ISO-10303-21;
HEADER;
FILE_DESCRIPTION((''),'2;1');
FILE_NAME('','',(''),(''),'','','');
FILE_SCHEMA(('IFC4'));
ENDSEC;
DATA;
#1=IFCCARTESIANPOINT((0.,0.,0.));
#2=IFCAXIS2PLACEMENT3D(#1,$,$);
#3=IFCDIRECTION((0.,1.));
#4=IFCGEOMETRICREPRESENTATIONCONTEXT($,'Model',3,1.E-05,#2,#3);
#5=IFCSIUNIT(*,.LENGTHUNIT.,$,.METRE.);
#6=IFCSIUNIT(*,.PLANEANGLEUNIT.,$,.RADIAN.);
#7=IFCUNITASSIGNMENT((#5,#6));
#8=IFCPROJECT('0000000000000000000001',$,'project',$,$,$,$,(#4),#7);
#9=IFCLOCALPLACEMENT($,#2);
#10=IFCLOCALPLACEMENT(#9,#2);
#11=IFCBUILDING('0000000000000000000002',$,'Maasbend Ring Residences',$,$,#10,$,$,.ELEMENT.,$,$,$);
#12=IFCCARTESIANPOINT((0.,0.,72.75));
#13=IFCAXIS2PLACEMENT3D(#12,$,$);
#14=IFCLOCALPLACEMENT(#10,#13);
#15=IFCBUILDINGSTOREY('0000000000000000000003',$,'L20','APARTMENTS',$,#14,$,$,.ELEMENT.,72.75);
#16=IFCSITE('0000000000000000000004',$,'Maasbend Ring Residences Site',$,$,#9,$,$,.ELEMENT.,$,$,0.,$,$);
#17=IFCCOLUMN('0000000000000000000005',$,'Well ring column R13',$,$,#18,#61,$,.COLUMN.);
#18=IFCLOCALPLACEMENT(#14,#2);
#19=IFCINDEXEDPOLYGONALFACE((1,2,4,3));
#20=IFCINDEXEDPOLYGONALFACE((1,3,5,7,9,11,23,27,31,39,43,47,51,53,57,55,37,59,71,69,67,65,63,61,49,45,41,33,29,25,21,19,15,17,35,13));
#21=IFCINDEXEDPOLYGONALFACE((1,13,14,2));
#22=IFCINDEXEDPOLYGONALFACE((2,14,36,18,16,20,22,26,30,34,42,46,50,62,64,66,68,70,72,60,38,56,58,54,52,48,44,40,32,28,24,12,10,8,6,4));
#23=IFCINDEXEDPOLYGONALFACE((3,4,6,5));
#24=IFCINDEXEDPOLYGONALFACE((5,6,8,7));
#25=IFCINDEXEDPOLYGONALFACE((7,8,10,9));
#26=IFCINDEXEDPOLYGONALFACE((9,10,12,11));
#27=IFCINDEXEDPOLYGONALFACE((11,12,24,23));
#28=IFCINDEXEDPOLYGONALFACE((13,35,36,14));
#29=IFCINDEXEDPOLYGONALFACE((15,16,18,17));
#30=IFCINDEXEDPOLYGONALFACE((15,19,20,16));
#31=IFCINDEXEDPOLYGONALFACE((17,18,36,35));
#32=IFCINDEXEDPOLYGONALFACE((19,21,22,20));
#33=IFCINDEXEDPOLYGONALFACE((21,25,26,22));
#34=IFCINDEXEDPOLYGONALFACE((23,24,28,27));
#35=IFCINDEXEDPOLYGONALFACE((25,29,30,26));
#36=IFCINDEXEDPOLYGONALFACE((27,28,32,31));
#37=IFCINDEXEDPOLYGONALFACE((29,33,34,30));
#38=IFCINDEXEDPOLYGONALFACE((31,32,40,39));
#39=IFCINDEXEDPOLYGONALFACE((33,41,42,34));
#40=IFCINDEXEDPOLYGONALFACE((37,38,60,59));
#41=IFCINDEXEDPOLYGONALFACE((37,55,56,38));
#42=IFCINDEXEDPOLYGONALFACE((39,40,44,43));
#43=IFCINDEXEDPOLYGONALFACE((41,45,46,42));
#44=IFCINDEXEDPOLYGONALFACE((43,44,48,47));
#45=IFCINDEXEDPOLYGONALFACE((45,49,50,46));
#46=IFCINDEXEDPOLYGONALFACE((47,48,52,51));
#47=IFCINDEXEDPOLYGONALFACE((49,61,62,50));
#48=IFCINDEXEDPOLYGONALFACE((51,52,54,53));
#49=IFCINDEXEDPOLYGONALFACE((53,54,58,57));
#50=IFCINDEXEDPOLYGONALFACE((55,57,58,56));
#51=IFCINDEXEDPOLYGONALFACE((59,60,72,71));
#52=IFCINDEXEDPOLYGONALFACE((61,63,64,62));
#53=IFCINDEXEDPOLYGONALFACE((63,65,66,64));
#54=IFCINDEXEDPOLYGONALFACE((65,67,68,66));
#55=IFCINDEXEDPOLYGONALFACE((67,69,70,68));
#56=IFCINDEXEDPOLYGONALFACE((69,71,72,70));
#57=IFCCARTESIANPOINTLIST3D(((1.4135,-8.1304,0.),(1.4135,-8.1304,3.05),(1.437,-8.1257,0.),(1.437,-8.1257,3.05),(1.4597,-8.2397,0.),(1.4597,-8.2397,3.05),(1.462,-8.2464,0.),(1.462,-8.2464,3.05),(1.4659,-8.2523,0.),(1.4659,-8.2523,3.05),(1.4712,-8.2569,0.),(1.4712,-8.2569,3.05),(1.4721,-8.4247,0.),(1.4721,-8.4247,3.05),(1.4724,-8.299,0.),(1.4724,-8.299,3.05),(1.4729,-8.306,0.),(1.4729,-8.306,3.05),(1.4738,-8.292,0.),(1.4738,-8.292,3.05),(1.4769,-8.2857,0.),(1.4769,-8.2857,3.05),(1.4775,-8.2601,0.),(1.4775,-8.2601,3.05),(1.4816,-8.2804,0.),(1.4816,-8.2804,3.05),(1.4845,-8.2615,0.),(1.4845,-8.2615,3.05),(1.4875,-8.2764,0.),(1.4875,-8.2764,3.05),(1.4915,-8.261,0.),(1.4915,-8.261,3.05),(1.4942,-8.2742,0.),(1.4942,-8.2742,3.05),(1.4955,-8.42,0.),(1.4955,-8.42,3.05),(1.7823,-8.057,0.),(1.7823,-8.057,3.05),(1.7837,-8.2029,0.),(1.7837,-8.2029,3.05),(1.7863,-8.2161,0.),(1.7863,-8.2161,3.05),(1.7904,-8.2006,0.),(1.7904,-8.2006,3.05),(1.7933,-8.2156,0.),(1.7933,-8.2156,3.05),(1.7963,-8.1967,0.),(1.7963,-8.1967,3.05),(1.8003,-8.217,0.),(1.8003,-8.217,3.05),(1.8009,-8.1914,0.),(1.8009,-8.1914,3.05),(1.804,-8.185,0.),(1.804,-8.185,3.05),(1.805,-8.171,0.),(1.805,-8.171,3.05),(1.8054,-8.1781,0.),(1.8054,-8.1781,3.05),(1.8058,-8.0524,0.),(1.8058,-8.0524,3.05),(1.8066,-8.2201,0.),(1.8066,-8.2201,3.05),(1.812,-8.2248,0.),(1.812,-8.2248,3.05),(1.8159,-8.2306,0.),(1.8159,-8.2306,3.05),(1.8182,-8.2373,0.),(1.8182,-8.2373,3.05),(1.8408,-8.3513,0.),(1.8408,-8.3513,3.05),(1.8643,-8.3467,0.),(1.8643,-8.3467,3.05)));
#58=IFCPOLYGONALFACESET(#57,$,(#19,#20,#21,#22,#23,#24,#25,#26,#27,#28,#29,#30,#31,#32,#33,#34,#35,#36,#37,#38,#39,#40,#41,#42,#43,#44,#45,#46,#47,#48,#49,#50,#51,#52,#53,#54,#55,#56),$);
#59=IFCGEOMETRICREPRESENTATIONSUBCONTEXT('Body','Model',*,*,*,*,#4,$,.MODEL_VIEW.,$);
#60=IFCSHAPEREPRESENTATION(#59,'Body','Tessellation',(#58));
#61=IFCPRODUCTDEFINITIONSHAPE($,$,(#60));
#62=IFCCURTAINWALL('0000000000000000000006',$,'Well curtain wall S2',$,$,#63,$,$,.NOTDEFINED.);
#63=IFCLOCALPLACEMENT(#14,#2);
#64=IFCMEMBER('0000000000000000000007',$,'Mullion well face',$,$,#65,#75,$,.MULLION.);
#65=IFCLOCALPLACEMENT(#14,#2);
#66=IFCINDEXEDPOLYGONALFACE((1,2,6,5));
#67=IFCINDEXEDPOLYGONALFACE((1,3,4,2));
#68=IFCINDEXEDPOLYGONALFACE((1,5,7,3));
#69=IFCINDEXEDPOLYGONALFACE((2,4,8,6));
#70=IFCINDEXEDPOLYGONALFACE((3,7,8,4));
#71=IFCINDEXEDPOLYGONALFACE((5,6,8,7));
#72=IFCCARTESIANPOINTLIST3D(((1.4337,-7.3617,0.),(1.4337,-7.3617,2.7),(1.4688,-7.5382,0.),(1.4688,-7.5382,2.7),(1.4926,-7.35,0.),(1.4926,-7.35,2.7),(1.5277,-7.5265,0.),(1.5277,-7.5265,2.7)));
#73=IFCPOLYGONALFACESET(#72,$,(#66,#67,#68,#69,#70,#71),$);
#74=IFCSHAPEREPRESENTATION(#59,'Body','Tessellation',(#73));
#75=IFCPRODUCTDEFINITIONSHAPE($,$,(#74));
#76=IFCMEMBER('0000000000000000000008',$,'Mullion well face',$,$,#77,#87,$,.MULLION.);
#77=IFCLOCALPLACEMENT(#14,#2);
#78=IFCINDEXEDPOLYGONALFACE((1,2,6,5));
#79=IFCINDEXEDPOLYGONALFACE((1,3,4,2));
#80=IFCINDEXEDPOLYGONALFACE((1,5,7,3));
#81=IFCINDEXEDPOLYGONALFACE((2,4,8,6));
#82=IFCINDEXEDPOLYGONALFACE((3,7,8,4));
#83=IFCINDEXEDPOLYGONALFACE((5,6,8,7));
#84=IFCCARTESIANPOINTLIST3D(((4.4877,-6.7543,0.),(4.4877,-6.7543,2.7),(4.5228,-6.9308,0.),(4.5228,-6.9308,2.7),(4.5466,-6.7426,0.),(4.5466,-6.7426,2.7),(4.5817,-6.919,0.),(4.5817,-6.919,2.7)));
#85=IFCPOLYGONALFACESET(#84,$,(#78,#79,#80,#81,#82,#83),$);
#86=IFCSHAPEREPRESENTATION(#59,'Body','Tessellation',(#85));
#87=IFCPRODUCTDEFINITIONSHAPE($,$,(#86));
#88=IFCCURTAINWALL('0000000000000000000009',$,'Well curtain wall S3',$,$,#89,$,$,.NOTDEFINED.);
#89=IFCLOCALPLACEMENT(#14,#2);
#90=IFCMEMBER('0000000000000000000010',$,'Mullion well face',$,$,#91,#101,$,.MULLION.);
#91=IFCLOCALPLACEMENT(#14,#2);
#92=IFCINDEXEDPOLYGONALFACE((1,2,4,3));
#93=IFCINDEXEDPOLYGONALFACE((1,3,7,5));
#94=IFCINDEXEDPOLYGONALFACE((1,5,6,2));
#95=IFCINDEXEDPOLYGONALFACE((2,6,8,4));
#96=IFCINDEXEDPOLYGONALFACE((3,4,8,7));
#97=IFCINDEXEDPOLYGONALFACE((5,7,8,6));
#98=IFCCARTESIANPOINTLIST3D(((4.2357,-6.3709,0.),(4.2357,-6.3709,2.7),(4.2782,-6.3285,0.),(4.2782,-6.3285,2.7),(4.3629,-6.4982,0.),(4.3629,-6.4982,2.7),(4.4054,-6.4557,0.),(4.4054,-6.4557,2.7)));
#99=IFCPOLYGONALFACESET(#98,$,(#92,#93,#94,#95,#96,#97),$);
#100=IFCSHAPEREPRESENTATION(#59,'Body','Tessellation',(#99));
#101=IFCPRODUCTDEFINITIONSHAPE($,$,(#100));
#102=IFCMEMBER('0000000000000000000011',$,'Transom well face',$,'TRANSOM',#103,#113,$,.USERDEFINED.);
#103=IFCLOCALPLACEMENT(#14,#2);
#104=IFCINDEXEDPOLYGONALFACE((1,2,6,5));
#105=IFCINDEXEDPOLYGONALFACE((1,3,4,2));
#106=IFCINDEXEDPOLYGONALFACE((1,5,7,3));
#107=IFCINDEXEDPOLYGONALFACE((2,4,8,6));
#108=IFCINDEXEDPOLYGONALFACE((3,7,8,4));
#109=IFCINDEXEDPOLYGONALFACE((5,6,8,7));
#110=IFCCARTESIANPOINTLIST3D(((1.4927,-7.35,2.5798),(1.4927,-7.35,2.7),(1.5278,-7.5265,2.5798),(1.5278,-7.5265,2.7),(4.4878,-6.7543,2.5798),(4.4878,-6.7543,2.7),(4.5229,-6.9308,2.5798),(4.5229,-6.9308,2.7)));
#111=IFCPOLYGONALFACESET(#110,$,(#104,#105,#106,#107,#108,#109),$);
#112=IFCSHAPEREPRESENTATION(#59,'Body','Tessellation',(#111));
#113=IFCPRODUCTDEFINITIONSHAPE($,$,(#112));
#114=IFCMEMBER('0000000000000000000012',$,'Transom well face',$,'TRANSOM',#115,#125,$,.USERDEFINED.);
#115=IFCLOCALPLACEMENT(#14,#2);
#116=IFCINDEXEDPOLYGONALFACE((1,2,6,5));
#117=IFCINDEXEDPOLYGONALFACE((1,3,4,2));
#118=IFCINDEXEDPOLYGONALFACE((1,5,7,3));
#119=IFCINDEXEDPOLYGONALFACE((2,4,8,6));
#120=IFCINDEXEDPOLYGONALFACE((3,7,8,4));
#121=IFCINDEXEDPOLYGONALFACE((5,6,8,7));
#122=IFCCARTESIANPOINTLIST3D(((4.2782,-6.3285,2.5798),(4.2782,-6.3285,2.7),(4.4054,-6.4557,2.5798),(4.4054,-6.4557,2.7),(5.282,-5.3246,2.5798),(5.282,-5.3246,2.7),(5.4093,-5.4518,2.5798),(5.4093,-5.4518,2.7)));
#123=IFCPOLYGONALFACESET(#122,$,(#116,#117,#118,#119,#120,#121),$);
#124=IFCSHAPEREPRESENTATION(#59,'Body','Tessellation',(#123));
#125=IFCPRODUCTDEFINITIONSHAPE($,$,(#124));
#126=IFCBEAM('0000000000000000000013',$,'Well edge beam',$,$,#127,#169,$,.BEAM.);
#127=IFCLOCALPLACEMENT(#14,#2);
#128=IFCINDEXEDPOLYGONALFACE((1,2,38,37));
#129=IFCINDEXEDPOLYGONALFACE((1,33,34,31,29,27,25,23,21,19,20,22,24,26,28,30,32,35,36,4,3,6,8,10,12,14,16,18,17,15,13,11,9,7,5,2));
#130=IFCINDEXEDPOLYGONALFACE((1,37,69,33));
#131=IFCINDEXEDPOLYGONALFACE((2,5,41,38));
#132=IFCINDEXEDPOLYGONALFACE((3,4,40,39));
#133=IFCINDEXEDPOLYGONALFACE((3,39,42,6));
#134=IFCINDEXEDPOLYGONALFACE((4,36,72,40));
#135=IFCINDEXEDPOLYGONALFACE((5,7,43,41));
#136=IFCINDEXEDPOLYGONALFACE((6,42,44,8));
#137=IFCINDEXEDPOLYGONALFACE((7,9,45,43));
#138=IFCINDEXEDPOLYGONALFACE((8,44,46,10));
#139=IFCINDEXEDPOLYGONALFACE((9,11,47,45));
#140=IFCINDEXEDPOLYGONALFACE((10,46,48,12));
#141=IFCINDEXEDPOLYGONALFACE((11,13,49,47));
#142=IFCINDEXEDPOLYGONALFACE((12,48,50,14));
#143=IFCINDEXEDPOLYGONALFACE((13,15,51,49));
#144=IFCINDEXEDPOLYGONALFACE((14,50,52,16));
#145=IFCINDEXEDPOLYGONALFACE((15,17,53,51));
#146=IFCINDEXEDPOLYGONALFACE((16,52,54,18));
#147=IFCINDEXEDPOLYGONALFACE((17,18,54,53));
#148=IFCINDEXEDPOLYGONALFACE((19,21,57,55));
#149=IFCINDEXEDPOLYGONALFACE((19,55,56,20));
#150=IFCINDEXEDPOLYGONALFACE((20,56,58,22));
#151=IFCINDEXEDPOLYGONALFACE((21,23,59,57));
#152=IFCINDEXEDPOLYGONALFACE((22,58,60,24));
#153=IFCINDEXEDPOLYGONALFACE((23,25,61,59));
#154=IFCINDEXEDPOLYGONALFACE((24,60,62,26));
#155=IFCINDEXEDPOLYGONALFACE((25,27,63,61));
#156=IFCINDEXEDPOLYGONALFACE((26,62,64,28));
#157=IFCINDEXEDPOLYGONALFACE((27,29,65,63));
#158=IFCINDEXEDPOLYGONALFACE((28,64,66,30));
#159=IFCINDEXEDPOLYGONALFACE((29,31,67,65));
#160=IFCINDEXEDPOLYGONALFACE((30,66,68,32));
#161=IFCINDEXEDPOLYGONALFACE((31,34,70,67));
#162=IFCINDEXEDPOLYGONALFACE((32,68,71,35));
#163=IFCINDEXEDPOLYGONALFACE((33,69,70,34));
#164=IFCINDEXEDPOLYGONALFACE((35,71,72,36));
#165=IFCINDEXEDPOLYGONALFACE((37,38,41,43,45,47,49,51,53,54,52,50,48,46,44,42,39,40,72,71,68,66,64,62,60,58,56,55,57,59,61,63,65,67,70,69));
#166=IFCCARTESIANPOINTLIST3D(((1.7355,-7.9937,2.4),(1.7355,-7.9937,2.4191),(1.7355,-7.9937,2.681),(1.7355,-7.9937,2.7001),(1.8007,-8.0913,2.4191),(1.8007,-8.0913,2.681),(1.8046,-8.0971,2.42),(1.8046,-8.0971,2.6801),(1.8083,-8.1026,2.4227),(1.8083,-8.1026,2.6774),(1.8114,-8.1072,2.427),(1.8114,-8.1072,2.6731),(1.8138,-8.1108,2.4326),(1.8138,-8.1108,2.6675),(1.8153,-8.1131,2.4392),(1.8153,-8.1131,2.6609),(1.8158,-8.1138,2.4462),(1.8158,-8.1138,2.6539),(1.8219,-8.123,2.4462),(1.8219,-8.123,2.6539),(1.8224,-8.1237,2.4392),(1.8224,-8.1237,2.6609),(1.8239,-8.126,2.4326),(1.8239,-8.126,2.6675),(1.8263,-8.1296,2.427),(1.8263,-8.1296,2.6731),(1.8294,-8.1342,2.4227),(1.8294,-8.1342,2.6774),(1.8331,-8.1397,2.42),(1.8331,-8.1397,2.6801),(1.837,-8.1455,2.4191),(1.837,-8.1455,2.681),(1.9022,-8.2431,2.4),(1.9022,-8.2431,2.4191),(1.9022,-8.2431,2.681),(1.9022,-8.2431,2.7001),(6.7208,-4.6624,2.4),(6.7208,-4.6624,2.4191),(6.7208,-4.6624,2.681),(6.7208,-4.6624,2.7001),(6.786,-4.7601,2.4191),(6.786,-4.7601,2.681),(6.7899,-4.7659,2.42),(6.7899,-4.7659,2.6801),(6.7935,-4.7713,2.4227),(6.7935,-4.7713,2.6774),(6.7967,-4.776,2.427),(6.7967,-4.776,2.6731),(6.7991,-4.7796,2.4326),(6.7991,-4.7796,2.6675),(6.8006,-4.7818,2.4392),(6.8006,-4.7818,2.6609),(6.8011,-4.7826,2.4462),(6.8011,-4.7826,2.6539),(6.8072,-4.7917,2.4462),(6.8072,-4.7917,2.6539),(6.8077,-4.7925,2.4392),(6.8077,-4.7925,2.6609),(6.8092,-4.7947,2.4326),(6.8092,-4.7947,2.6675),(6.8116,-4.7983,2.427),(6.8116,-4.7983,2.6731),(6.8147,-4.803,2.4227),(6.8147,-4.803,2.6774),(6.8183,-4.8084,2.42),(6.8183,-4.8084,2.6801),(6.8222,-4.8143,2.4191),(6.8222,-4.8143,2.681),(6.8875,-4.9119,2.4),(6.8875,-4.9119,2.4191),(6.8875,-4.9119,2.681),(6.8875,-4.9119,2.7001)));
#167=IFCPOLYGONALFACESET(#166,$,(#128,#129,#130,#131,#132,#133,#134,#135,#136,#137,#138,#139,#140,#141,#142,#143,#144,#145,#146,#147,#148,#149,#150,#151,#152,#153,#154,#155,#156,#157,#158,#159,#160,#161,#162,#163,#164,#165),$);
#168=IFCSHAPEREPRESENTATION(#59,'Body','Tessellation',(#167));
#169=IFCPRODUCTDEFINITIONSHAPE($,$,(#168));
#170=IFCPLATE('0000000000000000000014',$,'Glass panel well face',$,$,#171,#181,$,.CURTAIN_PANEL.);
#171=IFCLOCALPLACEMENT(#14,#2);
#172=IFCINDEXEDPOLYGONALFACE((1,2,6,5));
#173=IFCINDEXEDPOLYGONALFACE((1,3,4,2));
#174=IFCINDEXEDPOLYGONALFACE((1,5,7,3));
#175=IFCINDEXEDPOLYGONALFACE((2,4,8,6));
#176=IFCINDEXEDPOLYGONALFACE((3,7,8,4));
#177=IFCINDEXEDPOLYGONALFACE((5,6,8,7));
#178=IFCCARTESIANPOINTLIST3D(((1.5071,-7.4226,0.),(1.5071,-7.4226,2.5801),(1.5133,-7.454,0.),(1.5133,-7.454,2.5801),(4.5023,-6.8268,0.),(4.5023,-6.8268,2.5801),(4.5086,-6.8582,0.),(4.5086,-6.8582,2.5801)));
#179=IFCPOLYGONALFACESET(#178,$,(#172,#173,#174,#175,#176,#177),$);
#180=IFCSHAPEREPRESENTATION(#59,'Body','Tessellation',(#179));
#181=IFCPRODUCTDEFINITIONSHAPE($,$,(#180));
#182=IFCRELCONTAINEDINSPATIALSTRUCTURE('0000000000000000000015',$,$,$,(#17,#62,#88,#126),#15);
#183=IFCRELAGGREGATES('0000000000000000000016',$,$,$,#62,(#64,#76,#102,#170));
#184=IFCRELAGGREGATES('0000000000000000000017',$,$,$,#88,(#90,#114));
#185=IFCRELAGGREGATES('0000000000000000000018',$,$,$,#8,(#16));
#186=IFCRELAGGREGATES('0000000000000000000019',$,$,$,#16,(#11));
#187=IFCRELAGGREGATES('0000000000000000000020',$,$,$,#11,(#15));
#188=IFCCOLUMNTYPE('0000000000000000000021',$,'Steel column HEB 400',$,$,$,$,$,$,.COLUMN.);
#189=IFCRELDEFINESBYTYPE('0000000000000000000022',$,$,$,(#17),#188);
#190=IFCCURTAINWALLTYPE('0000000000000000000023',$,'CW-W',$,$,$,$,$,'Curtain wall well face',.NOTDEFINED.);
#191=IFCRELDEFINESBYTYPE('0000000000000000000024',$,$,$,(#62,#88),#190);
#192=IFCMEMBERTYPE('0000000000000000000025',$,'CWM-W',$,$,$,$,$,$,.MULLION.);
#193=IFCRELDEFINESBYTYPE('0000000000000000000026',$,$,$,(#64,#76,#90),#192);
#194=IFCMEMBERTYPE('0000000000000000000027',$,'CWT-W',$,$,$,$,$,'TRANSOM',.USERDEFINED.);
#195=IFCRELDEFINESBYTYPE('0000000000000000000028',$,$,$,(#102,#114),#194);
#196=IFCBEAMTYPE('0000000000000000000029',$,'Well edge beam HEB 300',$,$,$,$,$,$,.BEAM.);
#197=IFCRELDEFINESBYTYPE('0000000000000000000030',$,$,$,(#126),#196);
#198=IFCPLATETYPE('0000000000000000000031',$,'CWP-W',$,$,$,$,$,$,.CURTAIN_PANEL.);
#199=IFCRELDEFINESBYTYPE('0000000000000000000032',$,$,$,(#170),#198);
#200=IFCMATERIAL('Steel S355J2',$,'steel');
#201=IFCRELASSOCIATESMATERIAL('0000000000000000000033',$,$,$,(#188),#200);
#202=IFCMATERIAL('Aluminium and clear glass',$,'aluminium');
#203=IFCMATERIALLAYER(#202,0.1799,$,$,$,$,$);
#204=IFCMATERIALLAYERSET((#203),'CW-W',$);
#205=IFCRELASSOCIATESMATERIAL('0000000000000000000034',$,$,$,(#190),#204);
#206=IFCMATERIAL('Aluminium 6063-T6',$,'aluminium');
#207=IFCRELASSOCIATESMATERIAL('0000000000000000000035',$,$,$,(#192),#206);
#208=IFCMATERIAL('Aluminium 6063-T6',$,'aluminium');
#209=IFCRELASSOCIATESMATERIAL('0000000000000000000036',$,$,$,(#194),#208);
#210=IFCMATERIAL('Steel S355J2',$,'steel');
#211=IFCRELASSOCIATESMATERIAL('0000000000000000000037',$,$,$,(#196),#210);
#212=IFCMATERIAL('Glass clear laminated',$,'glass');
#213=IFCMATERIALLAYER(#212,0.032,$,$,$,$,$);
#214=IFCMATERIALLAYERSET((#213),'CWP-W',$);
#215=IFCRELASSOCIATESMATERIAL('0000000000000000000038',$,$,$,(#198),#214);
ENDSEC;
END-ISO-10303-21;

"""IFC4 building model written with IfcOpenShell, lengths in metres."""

from ifc_helpers import new_model, si_unit, direction, frame, origin, origin_2d, place, context, subcontext, project, spatial, rectangle, i_section, extrude, material, layer, layer_set, material_profile, profile_set, type_object, element, aggregate, save


model = new_model("IFC4")

# Units and contexts
model_context = context("Model", 3, precision=1e-05, world=origin(), true_north=direction((0.0, 1.0)))
body_context = subcontext(model_context, "Body", "Model", "MODEL_VIEW")
ifc_project = project(units=[si_unit("LENGTHUNIT", "METRE"), si_unit("PLANEANGLEUNIT", "RADIAN")], contexts=[model_context])

# Site, building, storey
site_placement = place(None, origin())
site = spatial("IfcSite", under=ifc_project, at=site_placement, Name="Maasbend Ring Residences Site", CompositionType="ELEMENT", RefElevation=0.0)
building_placement = place(site_placement, origin())
building = spatial("IfcBuilding", under=site, at=building_placement, Name="Maasbend Ring Residences", CompositionType="ELEMENT")
storey_placement = place(building_placement, frame((0.0, 0.0, 72.75)))
storey = spatial("IfcBuildingStorey", under=building, at=storey_placement, Name="L20", Description="APARTMENTS", CompositionType="ELEMENT", Elevation=72.75)

# Column
ifc_material_1 = material(Name="Steel S355J2", Category="steel")
ifc_material_profile_1 = material_profile(ifc_material_1, i_section(OverallWidth=0.3, OverallDepth=0.3999, WebThickness=0.0134, FlangeThickness=0.0239, FilletRadius=0.0271, at=origin_2d()), Name="HEB 400")
ifc_profile_set_1 = profile_set([ifc_material_profile_1], Name="Steel S355J2")
column_type = type_object("IfcColumnType", Name="Steel column HEB 400", PredefinedType="COLUMN", material=ifc_profile_set_1)
column_placement = place(storey_placement, frame((1.6389, -8.2385, 0.0), z_axis=(0.0, 0.0, 1.0), x_axis=(0.19509, -0.980785, 0.0)))
element("IfcColumn", 1, at=column_placement, inside=storey, type_object=column_type, Name="Well ring column R13", PredefinedType="COLUMN", context=body_context, shape_type="SweptSolid", body=[
    extrude(i_section(OverallWidth=0.3, OverallDepth=0.3999, WebThickness=0.0134, FlangeThickness=0.0239, FilletRadius=0.0271, at=origin_2d()), origin(), (0.0, 0.0, 1.0), 3.05),
])

# Curtain wall, members
ifc_material_2 = material(Name="Aluminium and clear glass", Category="aluminium")
ifc_layer_1 = layer(ifc_material_2, 0.1799)
ifc_layer_set_1 = layer_set([ifc_layer_1], Name="CW-W")
curtain_wall_type = type_object("IfcCurtainWallType", Name="CW-W", ElementType="Curtain wall well face", PredefinedType="NOTDEFINED", material=ifc_layer_set_1)
curtain_wall_1_placement = place(storey_placement, origin())
curtain_wall_1 = element("IfcCurtainWall", 2, at=curtain_wall_1_placement, inside=storey, type_object=curtain_wall_type, Name="Well curtain wall S2", PredefinedType="NOTDEFINED")
ifc_material_3 = material(Name="Aluminium 6063-T6", Category="aluminium")
ifc_material_profile_2 = material_profile(ifc_material_3, rectangle(XDim=0.1799, YDim=0.0601, at=origin_2d()), Name="AL 180x60")
ifc_profile_set_2 = profile_set([ifc_material_profile_2], Name="Aluminium 6063-T6")
member_type_1 = type_object("IfcMemberType", Name="CWM-W", PredefinedType="MULLION", material=ifc_profile_set_2)
member_1_placement = place(storey_placement, frame((1.4807, -7.4441, 0.0), z_axis=(0.0, 0.0, 1.0), x_axis=(-0.19509, 0.980785, 0.0)))
member_1 = element("IfcMember", 3, at=member_1_placement, type_object=member_type_1, Name="Mullion well face", PredefinedType="MULLION", context=body_context, shape_type="SweptSolid", body=[
    extrude(rectangle(XDim=0.1799, YDim=0.0601, at=origin_2d()), origin(), (0.0, 0.0, 1.0), 2.7),
])
member_2_placement = place(storey_placement, frame((4.5347, -6.8367, 0.0), z_axis=(0.0, 0.0, 1.0), x_axis=(-0.19509, 0.980785, 0.0)))
member_2 = element("IfcMember", 4, at=member_2_placement, type_object=member_type_1, Name="Mullion well face", PredefinedType="MULLION", context=body_context, shape_type="SweptSolid", body=[
    extrude(rectangle(XDim=0.1799, YDim=0.0601, at=origin_2d()), origin(), (0.0, 0.0, 1.0), 2.7),
])

# Curtain wall, member
curtain_wall_2_placement = place(storey_placement, origin())
curtain_wall_2 = element("IfcCurtainWall", 5, at=curtain_wall_2_placement, inside=storey, type_object=curtain_wall_type, Name="Well curtain wall S3", PredefinedType="NOTDEFINED")
member_3_placement = place(storey_placement, frame((4.3206, -6.4133, 0.0), z_axis=(0.0, 0.0, 1.0), x_axis=(-0.707107, 0.707107, 0.0)))
member_3 = element("IfcMember", 6, at=member_3_placement, type_object=member_type_1, Name="Mullion well face", PredefinedType="MULLION", context=body_context, shape_type="SweptSolid", body=[
    extrude(rectangle(XDim=0.1799, YDim=0.0601, at=origin_2d()), origin(), (0.0, 0.0, 1.0), 2.7),
])

# Members
ifc_material_4 = material(Name="Aluminium 6063-T6", Category="aluminium")
ifc_material_profile_3 = material_profile(ifc_material_4, rectangle(XDim=0.1799, YDim=0.1201, at=origin_2d()), Name="AL 180x120")
ifc_profile_set_3 = profile_set([ifc_material_profile_3], Name="Aluminium 6063-T6")
member_type_2 = type_object("IfcMemberType", Name="CWT-W", ElementType="TRANSOM", PredefinedType="USERDEFINED", material=ifc_profile_set_3)
member_4_placement = place(storey_placement, frame((1.5103, -7.4382, 2.6399), z_axis=(0.980789, 0.195071, 0.0), x_axis=(-0.195071, 0.980789, 0.0)))
member_4 = element("IfcMember", 7, at=member_4_placement, type_object=member_type_2, Name="Transom well face", ObjectType="TRANSOM", PredefinedType="USERDEFINED", context=body_context, shape_type="SweptSolid", body=[
    extrude(rectangle(XDim=0.1799, YDim=0.1201, at=origin_2d()), origin(), (0.0, 0.0, 1.0), 3.0537),
])
member_5_placement = place(storey_placement, frame((4.3418, -6.3921, 2.6399), z_axis=(0.707107, 0.707107, 0.0), x_axis=(-0.707107, 0.707107, 0.0)))
member_5 = element("IfcMember", 8, at=member_5_placement, type_object=member_type_2, Name="Transom well face", ObjectType="TRANSOM", PredefinedType="USERDEFINED", context=body_context, shape_type="SweptSolid", body=[
    extrude(rectangle(XDim=0.1799, YDim=0.1201, at=origin_2d()), origin(), (0.0, 0.0, 1.0), 1.4197),
])

# Beam
ifc_material_5 = material(Name="Steel S355J2", Category="steel")
ifc_material_profile_4 = material_profile(ifc_material_5, i_section(OverallWidth=0.3, OverallDepth=0.3, WebThickness=0.011, FlangeThickness=0.019, FilletRadius=0.0271, at=origin_2d()), Name="HEB 300")
ifc_profile_set_4 = profile_set([ifc_material_profile_4], Name="Steel S355J2")
beam_type = type_object("IfcBeamType", Name="Well edge beam HEB 300", PredefinedType="BEAM", material=ifc_profile_set_4)
beam_placement = place(storey_placement, frame((1.8188, -8.1184, 2.55), z_axis=(0.831455, 0.555593, 0.0), x_axis=(-0.555593, 0.831455, 0.0)))
element("IfcBeam", 9, at=beam_placement, inside=storey, type_object=beam_type, Name="Well edge beam", PredefinedType="BEAM", context=body_context, shape_type="SweptSolid", body=[
    extrude(i_section(OverallWidth=0.3, OverallDepth=0.3, WebThickness=0.011, FlangeThickness=0.019, FilletRadius=0.0271, at=origin_2d()), origin(), (0.0, 0.0, 1.0), 5.9958),
])

# Plate
ifc_material_6 = material(Name="Glass clear laminated", Category="glass")
ifc_layer_2 = layer(ifc_material_6, 0.032)
ifc_layer_set_2 = layer_set([ifc_layer_2], Name="CWP-W")
plate_type = type_object("IfcPlateType", Name="CWP-W", PredefinedType="CURTAIN_PANEL", material=ifc_layer_set_2)
plate_1_placement = place(storey_placement, frame((3.0078, -7.1404, 0.0), z_axis=(0.0, 0.0, 1.0), x_axis=(0.980785, 0.19509, 0.0)))
plate_1 = element("IfcPlate", 10, at=plate_1_placement, type_object=plate_type, Name="Glass panel well face", PredefinedType="CURTAIN_PANEL", context=body_context, shape_type="SweptSolid", body=[
    extrude(rectangle(XDim=3.054, YDim=0.032, at=origin_2d()), origin(), (0.0, 0.0, 1.0), 2.5801),
])
aggregate(curtain_wall_1, [member_1, member_2, member_4, plate_1])
aggregate(curtain_wall_2, [member_3, member_5])

save(model, "model.ifc")
